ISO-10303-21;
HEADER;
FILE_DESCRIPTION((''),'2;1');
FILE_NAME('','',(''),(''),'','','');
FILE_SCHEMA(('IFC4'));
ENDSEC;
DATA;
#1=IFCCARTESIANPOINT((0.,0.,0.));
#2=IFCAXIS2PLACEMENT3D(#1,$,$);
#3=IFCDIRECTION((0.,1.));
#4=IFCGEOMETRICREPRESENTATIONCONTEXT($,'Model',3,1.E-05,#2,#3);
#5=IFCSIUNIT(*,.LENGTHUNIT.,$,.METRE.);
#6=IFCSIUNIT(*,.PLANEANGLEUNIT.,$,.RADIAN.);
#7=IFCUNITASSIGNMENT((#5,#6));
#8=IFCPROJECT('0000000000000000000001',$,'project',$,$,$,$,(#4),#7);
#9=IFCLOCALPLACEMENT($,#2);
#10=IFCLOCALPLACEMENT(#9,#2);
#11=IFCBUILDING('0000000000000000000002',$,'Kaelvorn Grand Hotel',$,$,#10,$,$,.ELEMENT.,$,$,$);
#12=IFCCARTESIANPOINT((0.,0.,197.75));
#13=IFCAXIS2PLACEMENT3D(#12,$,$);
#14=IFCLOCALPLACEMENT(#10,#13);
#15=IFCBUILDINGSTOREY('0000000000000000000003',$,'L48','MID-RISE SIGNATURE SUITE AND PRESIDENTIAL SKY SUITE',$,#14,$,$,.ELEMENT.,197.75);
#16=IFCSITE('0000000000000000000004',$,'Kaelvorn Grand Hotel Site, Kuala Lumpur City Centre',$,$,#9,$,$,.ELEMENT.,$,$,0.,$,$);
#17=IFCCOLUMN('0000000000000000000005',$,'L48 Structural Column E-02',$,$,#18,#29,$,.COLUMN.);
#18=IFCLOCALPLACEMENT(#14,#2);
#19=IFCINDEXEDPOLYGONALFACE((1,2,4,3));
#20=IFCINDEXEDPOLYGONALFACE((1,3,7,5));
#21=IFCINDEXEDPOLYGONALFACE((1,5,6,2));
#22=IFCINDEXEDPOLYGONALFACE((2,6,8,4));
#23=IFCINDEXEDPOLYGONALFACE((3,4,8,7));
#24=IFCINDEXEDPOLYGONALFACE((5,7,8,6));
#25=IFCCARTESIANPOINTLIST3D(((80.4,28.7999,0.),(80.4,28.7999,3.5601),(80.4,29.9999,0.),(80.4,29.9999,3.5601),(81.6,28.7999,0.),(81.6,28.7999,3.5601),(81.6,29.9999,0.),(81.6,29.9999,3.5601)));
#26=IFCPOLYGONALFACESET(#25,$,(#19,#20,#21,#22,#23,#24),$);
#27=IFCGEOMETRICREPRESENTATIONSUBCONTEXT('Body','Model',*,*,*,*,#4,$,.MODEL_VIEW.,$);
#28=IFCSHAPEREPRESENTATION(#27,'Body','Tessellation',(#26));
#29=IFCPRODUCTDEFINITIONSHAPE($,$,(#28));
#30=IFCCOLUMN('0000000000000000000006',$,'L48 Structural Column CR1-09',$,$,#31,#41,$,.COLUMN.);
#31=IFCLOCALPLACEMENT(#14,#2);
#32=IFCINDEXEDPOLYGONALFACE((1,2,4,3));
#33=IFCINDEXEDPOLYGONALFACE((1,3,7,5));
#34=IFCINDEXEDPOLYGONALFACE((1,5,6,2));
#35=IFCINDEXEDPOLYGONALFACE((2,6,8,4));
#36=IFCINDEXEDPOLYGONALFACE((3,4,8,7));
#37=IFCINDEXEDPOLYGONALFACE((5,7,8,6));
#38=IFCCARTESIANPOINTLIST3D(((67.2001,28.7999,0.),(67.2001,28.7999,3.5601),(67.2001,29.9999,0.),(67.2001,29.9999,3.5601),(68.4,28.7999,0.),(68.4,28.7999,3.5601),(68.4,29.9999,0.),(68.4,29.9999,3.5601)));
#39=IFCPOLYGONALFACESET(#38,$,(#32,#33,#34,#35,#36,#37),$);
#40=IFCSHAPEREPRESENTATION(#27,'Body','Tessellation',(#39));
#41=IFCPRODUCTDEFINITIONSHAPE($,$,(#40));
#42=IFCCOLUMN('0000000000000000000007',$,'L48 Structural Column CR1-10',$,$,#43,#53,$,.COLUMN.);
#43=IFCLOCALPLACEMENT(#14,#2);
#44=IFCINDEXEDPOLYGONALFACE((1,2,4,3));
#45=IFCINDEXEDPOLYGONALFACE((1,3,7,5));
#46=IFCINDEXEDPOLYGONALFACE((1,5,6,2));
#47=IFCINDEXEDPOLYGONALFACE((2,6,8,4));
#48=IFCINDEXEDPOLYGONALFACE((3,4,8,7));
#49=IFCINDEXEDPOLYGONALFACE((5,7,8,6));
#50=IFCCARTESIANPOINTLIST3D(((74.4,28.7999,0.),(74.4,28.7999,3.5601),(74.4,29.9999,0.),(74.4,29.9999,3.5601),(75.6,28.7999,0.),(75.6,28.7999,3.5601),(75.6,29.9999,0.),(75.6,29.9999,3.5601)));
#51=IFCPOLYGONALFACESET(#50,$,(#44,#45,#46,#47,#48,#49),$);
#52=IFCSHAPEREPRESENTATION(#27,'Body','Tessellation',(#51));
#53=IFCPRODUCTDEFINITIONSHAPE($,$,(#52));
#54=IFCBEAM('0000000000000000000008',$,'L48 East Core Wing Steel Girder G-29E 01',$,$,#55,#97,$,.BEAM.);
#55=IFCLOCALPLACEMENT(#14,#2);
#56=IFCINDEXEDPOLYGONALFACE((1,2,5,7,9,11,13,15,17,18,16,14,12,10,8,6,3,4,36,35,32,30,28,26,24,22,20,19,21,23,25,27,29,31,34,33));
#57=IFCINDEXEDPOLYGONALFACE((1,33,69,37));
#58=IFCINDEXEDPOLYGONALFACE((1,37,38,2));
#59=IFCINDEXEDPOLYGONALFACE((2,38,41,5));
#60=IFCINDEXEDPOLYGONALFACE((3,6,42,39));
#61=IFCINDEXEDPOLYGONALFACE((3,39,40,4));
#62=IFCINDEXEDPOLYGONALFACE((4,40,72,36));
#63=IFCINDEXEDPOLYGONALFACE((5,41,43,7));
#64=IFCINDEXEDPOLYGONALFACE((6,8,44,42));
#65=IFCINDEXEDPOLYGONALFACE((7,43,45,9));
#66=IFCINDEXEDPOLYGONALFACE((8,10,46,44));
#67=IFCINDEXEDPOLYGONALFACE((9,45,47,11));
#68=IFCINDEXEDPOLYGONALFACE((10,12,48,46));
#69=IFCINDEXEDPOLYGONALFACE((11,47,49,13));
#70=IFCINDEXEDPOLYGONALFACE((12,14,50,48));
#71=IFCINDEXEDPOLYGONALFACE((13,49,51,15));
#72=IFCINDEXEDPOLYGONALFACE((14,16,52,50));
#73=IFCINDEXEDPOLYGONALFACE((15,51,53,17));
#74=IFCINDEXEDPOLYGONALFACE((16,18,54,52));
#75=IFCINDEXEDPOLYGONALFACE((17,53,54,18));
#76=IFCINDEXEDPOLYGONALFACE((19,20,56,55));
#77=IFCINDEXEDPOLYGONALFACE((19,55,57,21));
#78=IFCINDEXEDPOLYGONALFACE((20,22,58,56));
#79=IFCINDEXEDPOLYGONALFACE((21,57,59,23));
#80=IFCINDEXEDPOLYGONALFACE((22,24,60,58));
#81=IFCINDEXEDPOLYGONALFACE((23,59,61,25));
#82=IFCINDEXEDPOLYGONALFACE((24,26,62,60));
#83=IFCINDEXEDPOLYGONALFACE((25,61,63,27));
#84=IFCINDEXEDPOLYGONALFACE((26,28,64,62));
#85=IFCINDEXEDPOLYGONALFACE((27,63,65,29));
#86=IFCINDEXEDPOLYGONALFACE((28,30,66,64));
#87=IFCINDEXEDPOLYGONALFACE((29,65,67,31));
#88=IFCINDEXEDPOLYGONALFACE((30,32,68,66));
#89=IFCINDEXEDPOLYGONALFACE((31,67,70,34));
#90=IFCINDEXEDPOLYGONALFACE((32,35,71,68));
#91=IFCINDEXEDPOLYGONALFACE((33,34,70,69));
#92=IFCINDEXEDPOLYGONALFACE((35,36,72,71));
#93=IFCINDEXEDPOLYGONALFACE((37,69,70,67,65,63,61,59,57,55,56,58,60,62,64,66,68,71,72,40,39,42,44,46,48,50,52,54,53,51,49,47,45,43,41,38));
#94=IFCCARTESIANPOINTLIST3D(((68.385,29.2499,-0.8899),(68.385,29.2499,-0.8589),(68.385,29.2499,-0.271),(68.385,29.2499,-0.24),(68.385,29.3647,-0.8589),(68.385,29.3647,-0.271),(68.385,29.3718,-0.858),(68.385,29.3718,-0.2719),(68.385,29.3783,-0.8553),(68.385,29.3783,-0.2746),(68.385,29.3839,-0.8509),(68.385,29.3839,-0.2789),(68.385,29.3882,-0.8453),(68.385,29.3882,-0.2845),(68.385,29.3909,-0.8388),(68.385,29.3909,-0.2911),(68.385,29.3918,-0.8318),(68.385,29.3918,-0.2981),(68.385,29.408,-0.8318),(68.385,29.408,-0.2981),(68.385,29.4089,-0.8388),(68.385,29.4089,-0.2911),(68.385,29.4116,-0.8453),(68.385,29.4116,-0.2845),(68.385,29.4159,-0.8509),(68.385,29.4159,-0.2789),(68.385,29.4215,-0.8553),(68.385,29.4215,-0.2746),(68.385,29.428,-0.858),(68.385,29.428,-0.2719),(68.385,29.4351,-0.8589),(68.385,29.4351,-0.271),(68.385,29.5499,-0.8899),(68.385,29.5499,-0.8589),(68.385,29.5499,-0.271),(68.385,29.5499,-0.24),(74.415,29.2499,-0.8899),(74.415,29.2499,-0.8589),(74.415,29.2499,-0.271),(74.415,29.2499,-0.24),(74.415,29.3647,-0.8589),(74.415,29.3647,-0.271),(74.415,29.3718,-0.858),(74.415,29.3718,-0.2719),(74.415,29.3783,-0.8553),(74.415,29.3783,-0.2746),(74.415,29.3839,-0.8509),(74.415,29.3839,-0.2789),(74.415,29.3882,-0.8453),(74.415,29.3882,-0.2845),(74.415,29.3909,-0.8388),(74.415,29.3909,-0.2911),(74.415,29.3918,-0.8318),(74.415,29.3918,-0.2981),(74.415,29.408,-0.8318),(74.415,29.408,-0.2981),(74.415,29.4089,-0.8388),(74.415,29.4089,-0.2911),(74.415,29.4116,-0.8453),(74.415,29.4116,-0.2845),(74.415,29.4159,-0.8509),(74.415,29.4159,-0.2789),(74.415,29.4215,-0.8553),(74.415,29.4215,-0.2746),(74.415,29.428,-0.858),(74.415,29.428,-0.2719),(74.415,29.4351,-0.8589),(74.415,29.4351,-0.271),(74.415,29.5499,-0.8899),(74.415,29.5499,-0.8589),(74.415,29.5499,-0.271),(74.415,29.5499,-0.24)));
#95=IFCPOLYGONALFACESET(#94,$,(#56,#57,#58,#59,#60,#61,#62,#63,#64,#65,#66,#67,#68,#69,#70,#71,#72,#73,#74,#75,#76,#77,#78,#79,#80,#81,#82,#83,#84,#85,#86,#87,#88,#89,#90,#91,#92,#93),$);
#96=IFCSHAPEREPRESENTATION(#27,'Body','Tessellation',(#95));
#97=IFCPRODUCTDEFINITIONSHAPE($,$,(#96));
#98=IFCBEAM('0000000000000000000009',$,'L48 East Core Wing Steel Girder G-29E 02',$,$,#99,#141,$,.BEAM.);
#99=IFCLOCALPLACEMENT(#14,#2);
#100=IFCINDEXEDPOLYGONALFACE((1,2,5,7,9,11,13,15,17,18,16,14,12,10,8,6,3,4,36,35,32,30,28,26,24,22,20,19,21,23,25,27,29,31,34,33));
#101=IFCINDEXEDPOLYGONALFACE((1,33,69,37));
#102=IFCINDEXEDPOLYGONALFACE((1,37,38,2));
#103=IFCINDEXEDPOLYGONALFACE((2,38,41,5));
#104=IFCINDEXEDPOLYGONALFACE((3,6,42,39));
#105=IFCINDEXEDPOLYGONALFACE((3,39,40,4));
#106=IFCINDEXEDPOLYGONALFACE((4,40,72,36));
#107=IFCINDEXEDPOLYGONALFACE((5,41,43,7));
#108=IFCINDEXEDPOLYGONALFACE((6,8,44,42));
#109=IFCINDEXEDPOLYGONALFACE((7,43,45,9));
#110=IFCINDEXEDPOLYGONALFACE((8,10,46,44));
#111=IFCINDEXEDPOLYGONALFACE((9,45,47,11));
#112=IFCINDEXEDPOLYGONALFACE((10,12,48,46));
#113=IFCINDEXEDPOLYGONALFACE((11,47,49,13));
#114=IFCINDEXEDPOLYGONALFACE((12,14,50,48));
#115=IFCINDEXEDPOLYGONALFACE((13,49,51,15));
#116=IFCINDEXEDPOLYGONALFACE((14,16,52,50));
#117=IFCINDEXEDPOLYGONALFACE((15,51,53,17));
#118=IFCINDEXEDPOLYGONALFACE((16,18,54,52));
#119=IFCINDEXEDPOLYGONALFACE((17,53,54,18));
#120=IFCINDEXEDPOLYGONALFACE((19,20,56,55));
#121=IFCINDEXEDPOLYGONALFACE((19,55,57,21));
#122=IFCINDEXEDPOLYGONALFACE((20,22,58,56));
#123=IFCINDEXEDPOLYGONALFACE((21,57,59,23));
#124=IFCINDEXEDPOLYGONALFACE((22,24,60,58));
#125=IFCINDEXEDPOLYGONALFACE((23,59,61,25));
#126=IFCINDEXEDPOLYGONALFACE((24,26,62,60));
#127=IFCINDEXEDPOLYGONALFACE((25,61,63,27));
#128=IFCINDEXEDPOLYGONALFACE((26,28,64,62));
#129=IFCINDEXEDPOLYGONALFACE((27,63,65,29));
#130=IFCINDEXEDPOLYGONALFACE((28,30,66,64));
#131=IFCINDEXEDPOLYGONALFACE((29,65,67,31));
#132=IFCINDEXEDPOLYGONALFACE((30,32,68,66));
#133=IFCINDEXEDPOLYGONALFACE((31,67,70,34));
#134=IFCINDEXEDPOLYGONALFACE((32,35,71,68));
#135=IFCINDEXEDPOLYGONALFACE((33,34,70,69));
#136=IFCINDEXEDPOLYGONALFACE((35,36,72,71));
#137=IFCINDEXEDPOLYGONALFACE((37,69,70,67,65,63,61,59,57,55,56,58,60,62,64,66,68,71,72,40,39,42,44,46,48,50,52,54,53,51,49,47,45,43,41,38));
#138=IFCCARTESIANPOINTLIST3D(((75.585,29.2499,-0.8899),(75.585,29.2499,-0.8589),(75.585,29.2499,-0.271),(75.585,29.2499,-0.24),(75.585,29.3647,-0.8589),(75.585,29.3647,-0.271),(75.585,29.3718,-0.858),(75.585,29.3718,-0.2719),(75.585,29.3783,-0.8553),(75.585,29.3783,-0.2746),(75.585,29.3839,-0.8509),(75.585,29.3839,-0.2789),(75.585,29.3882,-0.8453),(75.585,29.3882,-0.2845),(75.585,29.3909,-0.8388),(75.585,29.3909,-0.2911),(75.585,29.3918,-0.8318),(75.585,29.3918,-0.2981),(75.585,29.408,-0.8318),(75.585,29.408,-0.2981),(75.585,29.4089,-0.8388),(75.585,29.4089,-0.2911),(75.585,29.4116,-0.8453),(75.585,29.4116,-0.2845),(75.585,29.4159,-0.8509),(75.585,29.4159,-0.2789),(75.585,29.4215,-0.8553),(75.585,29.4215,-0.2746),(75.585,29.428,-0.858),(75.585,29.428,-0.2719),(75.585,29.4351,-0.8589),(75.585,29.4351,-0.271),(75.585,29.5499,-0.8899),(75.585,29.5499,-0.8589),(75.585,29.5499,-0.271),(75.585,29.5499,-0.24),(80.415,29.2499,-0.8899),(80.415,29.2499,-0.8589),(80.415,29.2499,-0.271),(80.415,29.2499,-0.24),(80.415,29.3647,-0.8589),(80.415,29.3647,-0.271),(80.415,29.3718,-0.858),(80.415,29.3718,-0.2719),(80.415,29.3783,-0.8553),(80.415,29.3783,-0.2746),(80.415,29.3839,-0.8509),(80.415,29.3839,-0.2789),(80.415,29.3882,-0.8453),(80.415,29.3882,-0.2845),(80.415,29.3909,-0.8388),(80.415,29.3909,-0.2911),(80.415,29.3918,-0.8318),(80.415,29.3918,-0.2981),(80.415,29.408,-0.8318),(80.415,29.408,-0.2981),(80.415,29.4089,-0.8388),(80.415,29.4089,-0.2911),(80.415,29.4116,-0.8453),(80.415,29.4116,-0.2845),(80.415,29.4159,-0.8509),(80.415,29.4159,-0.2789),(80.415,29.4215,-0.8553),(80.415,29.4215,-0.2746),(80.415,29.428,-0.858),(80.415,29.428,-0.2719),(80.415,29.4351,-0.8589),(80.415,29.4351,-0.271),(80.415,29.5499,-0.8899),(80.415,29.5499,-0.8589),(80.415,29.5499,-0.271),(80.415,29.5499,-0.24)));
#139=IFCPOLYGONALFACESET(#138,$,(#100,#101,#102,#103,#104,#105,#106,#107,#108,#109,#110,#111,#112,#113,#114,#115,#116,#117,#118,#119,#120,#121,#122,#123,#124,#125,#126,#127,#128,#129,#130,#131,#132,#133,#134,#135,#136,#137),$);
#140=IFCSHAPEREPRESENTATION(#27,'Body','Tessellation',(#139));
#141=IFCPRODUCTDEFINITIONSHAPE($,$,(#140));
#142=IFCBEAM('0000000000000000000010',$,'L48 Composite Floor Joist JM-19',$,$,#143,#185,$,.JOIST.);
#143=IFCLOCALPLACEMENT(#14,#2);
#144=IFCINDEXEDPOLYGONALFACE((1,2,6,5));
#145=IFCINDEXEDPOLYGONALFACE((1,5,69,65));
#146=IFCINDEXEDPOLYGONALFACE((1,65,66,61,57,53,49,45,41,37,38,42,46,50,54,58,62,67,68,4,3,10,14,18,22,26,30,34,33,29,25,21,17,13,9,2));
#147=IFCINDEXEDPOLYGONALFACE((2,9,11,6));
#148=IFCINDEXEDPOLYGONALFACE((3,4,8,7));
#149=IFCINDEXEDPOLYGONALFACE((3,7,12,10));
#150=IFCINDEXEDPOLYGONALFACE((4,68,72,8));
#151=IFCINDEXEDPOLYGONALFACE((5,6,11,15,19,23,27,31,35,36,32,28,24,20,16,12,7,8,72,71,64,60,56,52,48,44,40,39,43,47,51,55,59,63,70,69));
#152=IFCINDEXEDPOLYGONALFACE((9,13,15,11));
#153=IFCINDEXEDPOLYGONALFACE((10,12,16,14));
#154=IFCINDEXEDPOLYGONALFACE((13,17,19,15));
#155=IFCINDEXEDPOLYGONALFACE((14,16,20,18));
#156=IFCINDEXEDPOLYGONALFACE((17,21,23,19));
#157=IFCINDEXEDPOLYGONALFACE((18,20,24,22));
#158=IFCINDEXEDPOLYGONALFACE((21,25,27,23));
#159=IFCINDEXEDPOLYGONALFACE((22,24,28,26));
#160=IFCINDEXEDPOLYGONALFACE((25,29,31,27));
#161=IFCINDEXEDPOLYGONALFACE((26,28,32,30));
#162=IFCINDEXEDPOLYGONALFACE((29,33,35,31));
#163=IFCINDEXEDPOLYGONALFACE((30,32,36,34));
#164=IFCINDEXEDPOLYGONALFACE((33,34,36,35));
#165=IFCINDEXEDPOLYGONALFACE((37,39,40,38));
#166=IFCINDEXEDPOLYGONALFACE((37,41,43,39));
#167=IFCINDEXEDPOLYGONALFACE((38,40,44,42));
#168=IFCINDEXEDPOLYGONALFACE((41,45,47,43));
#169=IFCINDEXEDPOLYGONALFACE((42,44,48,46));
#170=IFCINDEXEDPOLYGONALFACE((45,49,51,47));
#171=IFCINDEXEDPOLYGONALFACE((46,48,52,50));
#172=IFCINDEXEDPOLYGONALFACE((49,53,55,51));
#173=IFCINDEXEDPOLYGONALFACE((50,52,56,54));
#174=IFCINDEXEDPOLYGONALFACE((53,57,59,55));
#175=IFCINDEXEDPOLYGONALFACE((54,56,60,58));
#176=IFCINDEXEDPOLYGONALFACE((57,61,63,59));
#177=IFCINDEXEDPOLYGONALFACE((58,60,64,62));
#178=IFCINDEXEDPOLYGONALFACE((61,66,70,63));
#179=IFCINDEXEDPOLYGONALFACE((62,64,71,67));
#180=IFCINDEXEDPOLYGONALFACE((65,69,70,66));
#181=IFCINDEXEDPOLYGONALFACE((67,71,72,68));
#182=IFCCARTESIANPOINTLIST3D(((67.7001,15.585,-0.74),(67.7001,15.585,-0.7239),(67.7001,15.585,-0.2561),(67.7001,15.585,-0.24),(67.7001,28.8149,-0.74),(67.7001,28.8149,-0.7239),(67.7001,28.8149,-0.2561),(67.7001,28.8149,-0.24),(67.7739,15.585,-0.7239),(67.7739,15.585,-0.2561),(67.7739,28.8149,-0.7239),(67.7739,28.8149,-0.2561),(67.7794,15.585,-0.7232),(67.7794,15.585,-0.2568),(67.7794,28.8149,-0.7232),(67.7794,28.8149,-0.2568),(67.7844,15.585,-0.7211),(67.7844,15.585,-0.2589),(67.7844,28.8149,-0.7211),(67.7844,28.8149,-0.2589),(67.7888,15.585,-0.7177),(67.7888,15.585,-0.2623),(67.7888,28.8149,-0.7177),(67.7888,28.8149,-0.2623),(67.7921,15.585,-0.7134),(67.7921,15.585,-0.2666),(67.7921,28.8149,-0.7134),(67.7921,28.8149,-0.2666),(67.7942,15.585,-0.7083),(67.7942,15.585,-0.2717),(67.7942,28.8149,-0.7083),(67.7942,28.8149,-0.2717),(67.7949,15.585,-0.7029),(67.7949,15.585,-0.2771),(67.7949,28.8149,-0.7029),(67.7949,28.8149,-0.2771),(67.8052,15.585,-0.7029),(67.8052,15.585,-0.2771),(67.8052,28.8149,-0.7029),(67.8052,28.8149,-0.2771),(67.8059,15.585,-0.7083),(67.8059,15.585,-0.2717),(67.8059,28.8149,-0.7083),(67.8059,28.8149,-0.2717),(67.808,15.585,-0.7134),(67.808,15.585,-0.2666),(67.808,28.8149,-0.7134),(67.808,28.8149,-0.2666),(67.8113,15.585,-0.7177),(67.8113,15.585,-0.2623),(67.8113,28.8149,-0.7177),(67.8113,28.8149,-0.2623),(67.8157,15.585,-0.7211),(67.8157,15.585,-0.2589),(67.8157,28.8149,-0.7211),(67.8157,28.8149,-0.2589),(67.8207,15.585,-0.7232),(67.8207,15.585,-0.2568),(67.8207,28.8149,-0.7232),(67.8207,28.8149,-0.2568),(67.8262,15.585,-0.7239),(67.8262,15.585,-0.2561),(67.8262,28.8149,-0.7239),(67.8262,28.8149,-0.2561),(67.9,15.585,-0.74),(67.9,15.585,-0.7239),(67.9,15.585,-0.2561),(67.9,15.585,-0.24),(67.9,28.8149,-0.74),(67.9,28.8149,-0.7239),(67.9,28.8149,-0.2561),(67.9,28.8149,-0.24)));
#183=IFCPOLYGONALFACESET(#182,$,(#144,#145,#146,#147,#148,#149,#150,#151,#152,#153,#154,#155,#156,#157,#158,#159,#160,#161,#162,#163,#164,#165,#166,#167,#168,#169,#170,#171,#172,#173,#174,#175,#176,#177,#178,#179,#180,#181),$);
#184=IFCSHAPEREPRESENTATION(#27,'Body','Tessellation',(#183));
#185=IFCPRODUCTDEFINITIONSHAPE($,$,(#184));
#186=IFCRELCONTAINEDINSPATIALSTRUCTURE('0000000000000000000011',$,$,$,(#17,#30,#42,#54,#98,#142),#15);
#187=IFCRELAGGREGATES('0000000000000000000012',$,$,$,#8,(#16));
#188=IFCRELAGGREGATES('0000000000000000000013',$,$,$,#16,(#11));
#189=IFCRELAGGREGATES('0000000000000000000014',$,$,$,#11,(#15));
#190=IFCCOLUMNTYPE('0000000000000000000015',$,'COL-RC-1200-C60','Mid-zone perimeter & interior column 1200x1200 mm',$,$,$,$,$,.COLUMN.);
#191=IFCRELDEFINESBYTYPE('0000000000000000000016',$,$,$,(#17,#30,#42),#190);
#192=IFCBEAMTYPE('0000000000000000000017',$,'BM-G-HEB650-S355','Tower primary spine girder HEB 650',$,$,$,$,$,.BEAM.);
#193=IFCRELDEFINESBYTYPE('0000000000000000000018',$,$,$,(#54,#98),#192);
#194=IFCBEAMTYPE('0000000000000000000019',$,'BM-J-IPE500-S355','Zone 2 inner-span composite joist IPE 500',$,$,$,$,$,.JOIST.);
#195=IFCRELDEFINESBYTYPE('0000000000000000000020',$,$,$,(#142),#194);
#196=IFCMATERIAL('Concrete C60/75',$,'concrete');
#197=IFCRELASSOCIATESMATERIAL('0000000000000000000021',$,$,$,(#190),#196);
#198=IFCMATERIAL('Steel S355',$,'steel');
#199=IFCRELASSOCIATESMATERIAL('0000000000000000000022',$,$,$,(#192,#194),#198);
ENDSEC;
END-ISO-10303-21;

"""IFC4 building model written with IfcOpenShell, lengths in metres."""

from ifc_helpers import new_model, si_unit, direction, frame, origin, origin_2d, place, context, subcontext, project, spatial, rectangle, i_section, extrude, material, material_profile, profile_set, type_object, element, save


model = new_model("IFC4")

# Units and contexts
model_context = context("Model", 3, precision=1e-05, world=origin(), true_north=direction((0.0, 1.0)))
body_context = subcontext(model_context, "Body", "Model", "MODEL_VIEW")
ifc_project = project(units=[si_unit("LENGTHUNIT", "METRE"), si_unit("PLANEANGLEUNIT", "RADIAN")], contexts=[model_context])

# Site, building, storey
site_placement = place(None, origin())
site = spatial("IfcSite", under=ifc_project, at=site_placement, Name="Kaelvorn Grand Hotel Site, Kuala Lumpur City Centre", CompositionType="ELEMENT", RefElevation=0.0)
building_placement = place(site_placement, origin())
building = spatial("IfcBuilding", under=site, at=building_placement, Name="Kaelvorn Grand Hotel", CompositionType="ELEMENT")
storey_placement = place(building_placement, frame((0.0, 0.0, 197.75)))
storey = spatial("IfcBuildingStorey", under=building, at=storey_placement, Name="L48", Description="MID-RISE SIGNATURE SUITE AND PRESIDENTIAL SKY SUITE", CompositionType="ELEMENT", Elevation=197.75)

# Columns
ifc_material_1 = material(Name="Concrete C60/75", Category="concrete")
ifc_material_profile_1 = material_profile(ifc_material_1, rectangle(XDim=1.2, YDim=1.2, at=origin_2d()), Name="RC COL 1200x1200")
ifc_profile_set_1 = profile_set([ifc_material_profile_1], Name="Concrete C60/75")
column_type = type_object("IfcColumnType", Name="COL-RC-1200-C60", Description="Mid-zone perimeter & interior column 1200x1200 mm", PredefinedType="COLUMN", material=ifc_profile_set_1)
for number, where, z_axis, x_axis, name in (
    (1, (81.0, 29.3999, 0.0), (0.0, 0.0, 1.0), (1.0, 0.0, 0.0), "L48 Structural Column E-02"),
    (2, (67.8, 29.3999, 0.0), (0.0, 0.0, 1.0), (1.0, 0.0, 0.0), "L48 Structural Column CR1-09"),
    (3, (75.0, 29.3999, 0.0), (0.0, 0.0, 1.0), (1.0, 0.0, 0.0), "L48 Structural Column CR1-10"),
):
    element("IfcColumn", number, at=place(storey_placement, frame(where, z_axis=z_axis, x_axis=x_axis)), inside=storey, type_object=column_type, Name=name, PredefinedType="COLUMN", context=body_context, shape_type="SweptSolid", body=[
        extrude(rectangle(XDim=1.2, YDim=1.2, at=origin_2d()), origin(), (0.0, 0.0, 1.0), 3.5601),
    ])

# Beams
ifc_material_2 = material(Name="Steel S355", Category="steel")
ifc_material_profile_2 = material_profile(ifc_material_2, i_section(OverallWidth=0.3, OverallDepth=0.6499, WebThickness=0.0161, FlangeThickness=0.031, FilletRadius=0.0271, at=origin_2d()), Name="HEB 650")
ifc_profile_set_2 = profile_set([ifc_material_profile_2], Name="Steel S355")
beam_type_1 = type_object("IfcBeamType", Name="BM-G-HEB650-S355", Description="Tower primary spine girder HEB 650", PredefinedType="BEAM", material=ifc_profile_set_2)
beam_1_placement = place(storey_placement, frame((68.385, 29.3999, -0.5649), z_axis=(1.0, 0.0, 0.0), x_axis=(0.0, 1.0, 0.0)))
element("IfcBeam", 4, at=beam_1_placement, inside=storey, type_object=beam_type_1, Name="L48 East Core Wing Steel Girder G-29E 01", PredefinedType="BEAM", context=body_context, shape_type="SweptSolid", body=[
    extrude(i_section(OverallWidth=0.3, OverallDepth=0.6499, WebThickness=0.0161, FlangeThickness=0.031, FilletRadius=0.0271, at=origin_2d()), origin(), (0.0, 0.0, 1.0), 6.03),
])
beam_2_placement = place(storey_placement, frame((75.585, 29.3999, -0.5649), z_axis=(1.0, 0.0, 0.0), x_axis=(0.0, 1.0, 0.0)))
element("IfcBeam", 5, at=beam_2_placement, inside=storey, type_object=beam_type_1, Name="L48 East Core Wing Steel Girder G-29E 02", PredefinedType="BEAM", context=body_context, shape_type="SweptSolid", body=[
    extrude(i_section(OverallWidth=0.3, OverallDepth=0.6499, WebThickness=0.0161, FlangeThickness=0.031, FilletRadius=0.0271, at=origin_2d()), origin(), (0.0, 0.0, 1.0), 4.8301),
])
ifc_material_profile_3 = material_profile(ifc_material_2, i_section(OverallWidth=0.2, OverallDepth=0.5, WebThickness=0.0103, FlangeThickness=0.0161, FilletRadius=0.021, at=origin_2d()), Name="IPE 500")
ifc_profile_set_3 = profile_set([ifc_material_profile_3], Name="Steel S355")
beam_type_2 = type_object("IfcBeamType", Name="BM-J-IPE500-S355", Description="Zone 2 inner-span composite joist IPE 500", PredefinedType="JOIST", material=ifc_profile_set_3)
for number, where, z_axis, x_axis, name in (
    (6, (67.8, 15.585, -0.49), (0.0, 1.0, 0.0), (-1.0, 0.0, 0.0), "L48 Composite Floor Joist JM-19"),
):
    element("IfcBeam", number, at=place(storey_placement, frame(where, z_axis=z_axis, x_axis=x_axis)), inside=storey, type_object=beam_type_2, Name=name, PredefinedType="JOIST", context=body_context, shape_type="SweptSolid", body=[
        extrude(i_section(OverallWidth=0.2, OverallDepth=0.5, WebThickness=0.0103, FlangeThickness=0.0161, FilletRadius=0.021, at=origin_2d()), origin(), (0.0, 0.0, 1.0), 13.23),
    ])

save(model, "model.ifc")
